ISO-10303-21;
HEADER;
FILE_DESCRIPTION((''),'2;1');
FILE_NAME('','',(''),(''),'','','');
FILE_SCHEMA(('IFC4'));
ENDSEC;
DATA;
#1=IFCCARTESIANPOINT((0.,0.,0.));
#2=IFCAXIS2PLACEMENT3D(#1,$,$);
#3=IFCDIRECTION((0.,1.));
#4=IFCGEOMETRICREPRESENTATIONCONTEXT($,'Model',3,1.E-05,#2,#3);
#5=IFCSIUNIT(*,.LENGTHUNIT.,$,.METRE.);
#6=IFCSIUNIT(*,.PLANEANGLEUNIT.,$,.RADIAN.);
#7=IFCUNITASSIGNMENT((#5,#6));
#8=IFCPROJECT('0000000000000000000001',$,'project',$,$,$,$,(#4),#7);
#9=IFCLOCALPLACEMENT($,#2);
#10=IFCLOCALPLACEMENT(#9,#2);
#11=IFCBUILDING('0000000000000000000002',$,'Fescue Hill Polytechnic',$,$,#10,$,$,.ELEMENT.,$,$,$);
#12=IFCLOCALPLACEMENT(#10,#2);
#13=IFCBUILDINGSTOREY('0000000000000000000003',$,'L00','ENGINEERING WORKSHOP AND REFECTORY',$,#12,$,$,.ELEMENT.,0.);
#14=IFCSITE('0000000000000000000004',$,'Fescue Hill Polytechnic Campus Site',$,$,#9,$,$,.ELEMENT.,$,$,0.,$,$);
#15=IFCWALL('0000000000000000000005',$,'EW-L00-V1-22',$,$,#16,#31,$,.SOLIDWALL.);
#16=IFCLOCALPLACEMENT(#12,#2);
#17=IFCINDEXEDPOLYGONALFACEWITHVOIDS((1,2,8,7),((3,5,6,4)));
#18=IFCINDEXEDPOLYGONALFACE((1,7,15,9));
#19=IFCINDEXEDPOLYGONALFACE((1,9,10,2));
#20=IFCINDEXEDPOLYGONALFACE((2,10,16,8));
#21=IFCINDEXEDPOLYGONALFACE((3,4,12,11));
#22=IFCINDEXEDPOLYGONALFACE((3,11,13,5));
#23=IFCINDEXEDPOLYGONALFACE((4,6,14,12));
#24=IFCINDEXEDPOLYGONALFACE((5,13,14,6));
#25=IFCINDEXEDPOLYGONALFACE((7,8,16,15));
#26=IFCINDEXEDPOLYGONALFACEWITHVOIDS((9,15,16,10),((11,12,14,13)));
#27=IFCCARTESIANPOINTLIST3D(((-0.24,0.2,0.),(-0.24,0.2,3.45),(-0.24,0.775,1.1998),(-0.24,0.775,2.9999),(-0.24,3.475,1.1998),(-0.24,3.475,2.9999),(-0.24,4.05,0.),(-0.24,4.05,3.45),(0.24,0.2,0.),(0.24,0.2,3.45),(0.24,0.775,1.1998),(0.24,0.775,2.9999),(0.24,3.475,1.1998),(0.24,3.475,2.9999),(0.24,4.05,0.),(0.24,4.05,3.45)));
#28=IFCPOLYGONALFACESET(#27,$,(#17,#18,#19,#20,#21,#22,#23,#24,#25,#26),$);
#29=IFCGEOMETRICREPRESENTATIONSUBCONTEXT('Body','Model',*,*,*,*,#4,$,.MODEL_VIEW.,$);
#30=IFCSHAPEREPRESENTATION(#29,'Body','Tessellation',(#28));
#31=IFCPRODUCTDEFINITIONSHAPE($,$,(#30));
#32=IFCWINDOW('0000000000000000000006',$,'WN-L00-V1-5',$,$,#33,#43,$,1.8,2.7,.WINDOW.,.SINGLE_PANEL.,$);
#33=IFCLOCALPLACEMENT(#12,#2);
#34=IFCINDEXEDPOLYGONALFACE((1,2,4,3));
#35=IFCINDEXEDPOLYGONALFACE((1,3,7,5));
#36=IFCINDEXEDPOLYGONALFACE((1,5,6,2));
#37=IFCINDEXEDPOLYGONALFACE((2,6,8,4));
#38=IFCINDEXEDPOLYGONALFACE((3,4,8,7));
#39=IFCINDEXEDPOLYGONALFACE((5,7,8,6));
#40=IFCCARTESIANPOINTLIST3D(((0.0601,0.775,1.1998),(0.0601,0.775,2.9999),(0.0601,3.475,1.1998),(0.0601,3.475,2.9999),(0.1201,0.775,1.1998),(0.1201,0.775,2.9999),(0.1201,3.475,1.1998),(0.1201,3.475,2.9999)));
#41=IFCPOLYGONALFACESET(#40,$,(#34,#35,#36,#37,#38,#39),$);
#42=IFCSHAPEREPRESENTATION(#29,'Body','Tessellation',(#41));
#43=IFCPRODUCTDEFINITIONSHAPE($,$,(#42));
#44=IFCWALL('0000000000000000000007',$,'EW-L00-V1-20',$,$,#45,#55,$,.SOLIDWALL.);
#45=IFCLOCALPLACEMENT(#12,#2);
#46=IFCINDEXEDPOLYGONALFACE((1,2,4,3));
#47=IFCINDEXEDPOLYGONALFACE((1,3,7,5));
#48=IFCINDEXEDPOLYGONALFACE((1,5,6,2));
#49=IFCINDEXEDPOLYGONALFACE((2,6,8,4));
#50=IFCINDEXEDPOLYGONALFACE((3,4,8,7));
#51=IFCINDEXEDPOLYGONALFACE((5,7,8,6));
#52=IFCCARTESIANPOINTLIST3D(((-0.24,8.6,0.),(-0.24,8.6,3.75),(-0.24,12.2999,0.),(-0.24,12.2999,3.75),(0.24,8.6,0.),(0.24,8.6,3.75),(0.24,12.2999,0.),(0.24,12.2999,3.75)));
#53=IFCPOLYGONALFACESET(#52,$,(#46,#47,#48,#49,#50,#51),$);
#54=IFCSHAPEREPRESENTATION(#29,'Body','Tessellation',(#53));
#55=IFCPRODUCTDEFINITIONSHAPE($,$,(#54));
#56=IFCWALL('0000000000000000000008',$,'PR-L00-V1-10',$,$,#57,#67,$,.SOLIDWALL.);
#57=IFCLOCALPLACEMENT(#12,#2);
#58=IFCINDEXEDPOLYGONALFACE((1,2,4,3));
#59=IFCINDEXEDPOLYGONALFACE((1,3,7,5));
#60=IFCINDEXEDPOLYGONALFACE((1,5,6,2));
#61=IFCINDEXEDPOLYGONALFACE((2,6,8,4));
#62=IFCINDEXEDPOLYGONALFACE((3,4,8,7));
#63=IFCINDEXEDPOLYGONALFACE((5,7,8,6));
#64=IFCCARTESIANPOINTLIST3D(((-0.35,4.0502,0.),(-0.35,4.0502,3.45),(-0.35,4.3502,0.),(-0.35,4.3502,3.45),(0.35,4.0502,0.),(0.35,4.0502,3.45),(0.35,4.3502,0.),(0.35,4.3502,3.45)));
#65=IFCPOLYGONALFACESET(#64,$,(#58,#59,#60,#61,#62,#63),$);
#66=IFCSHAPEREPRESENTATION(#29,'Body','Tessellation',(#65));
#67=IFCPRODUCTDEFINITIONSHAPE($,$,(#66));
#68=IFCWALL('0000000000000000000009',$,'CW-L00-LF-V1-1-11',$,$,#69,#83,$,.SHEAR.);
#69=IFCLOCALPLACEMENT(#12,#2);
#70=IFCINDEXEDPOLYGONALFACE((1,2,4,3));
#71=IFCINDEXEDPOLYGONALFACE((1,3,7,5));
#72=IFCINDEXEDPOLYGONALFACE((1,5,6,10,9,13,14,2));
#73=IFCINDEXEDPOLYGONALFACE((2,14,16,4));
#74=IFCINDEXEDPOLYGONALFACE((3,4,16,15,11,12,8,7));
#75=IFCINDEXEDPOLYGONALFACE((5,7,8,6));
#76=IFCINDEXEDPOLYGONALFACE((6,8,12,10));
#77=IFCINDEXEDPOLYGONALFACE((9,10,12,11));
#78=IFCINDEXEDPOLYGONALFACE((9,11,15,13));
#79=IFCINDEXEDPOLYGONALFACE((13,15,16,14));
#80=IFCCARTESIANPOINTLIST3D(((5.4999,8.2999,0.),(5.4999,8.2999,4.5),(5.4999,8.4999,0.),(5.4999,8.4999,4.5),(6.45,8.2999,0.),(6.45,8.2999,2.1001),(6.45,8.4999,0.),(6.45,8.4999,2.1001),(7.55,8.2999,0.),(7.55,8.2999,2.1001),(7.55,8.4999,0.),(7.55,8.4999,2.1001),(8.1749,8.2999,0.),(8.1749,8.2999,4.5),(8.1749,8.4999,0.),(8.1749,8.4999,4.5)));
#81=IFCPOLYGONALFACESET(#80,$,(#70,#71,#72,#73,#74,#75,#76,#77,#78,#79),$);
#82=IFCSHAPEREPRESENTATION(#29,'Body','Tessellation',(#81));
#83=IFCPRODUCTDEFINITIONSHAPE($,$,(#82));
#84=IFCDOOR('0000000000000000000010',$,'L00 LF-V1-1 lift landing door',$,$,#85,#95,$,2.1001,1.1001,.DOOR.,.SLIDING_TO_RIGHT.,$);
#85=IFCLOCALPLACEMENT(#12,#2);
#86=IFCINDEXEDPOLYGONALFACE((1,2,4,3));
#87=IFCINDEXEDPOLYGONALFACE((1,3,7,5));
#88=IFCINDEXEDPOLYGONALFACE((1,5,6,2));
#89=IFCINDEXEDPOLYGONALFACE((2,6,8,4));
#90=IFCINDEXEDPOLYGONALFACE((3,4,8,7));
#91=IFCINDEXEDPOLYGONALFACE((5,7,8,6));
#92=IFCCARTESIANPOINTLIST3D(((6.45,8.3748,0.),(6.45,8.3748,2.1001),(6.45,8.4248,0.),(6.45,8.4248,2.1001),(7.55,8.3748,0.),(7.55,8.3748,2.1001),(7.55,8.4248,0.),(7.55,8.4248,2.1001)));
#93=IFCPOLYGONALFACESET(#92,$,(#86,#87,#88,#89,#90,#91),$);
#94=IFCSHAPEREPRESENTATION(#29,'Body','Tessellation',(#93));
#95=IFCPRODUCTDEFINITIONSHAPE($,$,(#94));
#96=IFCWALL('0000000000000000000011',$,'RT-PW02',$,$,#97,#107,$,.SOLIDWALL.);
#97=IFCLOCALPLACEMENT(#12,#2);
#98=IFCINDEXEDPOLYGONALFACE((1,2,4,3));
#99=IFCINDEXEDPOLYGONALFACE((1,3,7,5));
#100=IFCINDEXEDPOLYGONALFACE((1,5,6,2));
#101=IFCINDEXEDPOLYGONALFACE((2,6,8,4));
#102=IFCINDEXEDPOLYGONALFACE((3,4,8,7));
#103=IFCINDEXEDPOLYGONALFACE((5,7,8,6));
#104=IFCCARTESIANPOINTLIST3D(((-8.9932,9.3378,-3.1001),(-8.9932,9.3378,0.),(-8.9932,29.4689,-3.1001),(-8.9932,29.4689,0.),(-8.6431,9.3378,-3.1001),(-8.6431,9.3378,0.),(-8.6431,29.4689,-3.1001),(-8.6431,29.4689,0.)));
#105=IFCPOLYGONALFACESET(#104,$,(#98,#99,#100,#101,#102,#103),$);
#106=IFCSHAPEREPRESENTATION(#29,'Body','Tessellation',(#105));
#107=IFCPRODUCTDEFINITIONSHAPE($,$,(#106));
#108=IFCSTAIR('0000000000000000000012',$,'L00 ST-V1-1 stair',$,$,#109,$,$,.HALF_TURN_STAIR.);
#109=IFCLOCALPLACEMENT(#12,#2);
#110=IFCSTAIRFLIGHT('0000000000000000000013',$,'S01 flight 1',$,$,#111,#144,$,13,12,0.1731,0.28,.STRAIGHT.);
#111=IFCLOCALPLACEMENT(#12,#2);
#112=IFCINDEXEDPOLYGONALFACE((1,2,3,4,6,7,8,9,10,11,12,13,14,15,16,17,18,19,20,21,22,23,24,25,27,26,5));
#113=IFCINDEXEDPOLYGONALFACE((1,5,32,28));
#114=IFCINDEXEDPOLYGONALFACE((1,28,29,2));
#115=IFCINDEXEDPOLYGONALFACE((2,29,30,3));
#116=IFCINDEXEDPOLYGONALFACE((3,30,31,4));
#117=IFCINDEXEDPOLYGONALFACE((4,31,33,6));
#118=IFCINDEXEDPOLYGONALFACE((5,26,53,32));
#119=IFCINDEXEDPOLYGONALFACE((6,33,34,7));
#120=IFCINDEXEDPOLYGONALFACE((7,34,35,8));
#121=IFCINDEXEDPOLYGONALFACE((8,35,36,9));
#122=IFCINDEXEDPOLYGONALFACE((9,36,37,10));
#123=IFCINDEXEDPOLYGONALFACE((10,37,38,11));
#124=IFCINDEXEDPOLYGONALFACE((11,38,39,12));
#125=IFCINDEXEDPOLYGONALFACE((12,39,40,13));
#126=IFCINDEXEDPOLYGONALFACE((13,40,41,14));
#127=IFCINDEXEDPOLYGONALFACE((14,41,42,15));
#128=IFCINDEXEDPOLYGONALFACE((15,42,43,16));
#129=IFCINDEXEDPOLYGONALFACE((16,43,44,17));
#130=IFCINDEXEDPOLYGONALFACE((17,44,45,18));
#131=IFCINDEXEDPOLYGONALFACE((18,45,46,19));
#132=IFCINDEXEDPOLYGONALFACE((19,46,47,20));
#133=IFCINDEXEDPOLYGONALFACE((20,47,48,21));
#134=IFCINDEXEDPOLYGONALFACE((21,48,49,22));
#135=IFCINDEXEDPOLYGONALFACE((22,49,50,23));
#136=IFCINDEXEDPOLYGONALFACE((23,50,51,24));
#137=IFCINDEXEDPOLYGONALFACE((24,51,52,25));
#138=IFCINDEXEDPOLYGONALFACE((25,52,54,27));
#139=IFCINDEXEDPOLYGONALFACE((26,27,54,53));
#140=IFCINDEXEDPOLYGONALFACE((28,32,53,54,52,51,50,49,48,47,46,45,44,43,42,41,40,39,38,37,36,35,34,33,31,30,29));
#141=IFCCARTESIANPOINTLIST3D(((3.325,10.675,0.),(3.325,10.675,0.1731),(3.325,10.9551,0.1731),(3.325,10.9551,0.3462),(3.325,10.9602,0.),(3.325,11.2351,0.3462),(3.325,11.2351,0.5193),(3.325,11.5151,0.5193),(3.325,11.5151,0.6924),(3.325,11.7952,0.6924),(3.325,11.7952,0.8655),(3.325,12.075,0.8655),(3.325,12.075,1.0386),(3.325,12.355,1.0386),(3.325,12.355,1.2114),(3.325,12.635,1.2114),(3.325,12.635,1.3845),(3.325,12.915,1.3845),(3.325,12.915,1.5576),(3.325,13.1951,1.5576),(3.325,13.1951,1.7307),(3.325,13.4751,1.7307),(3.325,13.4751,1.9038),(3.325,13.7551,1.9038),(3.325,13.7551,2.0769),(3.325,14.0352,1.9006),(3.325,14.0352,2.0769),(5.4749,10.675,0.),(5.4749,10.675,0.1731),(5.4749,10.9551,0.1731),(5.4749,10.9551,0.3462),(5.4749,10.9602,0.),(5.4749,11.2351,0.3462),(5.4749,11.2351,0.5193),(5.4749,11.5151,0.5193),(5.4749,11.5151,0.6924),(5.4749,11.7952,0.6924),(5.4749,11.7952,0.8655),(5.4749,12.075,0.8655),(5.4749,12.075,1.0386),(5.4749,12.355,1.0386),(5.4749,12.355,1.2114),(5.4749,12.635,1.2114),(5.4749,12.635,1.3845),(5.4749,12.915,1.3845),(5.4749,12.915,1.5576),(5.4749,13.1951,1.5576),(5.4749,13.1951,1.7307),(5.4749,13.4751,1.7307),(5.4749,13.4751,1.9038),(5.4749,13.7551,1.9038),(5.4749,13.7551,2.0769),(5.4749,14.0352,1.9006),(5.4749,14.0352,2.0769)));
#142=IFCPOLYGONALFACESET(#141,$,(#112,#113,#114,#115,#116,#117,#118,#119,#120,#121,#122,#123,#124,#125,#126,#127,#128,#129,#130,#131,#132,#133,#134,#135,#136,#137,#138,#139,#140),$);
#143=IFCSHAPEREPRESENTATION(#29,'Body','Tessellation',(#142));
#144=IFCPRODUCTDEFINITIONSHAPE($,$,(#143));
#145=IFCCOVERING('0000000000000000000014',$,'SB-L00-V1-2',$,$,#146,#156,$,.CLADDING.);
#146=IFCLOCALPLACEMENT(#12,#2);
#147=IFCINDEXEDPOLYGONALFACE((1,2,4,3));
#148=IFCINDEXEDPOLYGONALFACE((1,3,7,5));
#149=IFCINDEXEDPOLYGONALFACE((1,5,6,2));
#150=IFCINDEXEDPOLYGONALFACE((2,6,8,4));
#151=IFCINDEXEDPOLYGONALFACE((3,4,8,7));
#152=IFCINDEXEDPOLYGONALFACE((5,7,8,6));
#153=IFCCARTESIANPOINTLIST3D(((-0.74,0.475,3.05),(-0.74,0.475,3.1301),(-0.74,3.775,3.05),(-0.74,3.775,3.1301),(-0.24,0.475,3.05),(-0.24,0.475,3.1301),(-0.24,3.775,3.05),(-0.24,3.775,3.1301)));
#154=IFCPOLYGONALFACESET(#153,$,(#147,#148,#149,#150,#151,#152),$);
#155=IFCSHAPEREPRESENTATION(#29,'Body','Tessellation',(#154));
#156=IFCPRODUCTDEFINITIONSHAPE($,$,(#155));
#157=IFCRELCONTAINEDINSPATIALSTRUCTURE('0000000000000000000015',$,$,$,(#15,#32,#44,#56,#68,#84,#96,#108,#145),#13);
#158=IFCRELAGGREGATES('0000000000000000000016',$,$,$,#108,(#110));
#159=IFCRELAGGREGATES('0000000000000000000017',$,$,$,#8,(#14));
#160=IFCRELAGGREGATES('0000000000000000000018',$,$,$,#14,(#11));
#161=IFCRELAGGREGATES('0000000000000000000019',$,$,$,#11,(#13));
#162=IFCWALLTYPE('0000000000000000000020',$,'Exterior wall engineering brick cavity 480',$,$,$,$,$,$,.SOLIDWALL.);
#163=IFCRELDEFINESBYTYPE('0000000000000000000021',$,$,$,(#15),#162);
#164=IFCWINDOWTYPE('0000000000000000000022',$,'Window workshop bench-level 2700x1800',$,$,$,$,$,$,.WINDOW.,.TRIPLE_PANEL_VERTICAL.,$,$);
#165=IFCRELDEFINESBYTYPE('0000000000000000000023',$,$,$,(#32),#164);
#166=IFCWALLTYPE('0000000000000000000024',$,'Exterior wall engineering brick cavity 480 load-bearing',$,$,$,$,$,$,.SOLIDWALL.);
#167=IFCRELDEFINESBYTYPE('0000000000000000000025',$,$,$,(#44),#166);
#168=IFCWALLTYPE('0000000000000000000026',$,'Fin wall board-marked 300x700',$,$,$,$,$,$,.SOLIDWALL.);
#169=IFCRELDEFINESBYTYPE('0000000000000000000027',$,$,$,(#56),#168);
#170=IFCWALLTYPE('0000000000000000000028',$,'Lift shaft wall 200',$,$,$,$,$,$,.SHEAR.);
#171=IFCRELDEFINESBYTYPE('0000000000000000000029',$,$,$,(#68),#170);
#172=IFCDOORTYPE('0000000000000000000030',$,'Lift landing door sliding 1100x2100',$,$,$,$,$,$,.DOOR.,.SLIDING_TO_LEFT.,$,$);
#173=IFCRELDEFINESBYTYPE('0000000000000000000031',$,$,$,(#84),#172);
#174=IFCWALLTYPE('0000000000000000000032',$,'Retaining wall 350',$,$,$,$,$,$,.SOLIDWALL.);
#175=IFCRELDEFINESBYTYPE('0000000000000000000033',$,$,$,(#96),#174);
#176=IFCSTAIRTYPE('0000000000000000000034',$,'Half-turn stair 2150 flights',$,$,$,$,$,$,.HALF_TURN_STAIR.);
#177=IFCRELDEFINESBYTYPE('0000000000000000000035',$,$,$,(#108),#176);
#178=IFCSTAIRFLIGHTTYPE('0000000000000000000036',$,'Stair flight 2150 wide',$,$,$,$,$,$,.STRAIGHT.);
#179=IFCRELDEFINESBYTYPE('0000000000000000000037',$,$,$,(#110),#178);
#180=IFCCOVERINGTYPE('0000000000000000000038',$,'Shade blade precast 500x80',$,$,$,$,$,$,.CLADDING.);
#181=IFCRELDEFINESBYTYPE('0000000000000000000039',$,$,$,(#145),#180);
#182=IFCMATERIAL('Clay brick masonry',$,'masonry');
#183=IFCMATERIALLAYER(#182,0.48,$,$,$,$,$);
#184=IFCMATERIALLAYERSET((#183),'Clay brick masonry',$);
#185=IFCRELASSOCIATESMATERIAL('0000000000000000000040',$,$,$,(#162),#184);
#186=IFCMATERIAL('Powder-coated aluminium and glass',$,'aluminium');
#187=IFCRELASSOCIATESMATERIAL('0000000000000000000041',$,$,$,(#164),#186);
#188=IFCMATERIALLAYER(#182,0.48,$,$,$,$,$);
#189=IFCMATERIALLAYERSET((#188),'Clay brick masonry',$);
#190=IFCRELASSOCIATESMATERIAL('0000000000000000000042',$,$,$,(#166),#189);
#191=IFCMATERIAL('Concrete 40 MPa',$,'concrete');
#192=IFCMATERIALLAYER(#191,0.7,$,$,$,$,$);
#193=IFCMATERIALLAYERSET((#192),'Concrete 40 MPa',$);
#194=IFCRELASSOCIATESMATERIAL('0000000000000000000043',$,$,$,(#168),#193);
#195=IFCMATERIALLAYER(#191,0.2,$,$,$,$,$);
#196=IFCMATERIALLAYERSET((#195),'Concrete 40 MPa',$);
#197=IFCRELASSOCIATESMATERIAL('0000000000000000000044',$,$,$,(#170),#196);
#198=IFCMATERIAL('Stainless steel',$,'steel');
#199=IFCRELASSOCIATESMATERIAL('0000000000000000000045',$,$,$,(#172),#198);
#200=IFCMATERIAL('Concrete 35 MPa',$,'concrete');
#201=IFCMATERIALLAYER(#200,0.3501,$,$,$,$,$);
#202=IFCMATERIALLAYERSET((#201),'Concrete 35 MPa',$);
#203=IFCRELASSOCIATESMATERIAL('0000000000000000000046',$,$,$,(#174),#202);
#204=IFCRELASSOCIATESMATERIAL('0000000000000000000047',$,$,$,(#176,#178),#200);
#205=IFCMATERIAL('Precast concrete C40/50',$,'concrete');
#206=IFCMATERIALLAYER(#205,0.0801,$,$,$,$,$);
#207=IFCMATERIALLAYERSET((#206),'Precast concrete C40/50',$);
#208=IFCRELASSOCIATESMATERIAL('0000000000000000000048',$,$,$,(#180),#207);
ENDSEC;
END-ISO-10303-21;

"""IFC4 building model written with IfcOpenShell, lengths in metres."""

from ifc_helpers import new_model, si_unit, direction, frame, frame_2d, origin, origin_2d, place, context, subcontext, project, spatial, polyline, rectangle, outline, extrude, material, layer, layer_set, type_object, element, fill, aggregate, save


model = new_model("IFC4")

# Units and contexts
model_context = context("Model", 3, precision=1e-05, world=origin(), true_north=direction((0.0, 1.0)))
body_context = subcontext(model_context, "Body", "Model", "MODEL_VIEW")
ifc_project = project(units=[si_unit("LENGTHUNIT", "METRE"), si_unit("PLANEANGLEUNIT", "RADIAN")], contexts=[model_context])

# Site, building, storey
site_placement = place(None, origin())
site = spatial("IfcSite", under=ifc_project, at=site_placement, Name="Fescue Hill Polytechnic Campus Site", CompositionType="ELEMENT", RefElevation=0.0)
building_placement = place(site_placement, origin())
building = spatial("IfcBuilding", under=site, at=building_placement, Name="Fescue Hill Polytechnic", CompositionType="ELEMENT")
storey_placement = place(building_placement, origin())
storey = spatial("IfcBuildingStorey", under=building, at=storey_placement, Name="L00", Description="ENGINEERING WORKSHOP AND REFECTORY", CompositionType="ELEMENT", Elevation=0.0)

# Shared definitions
ifc_material_1 = material(Name="Concrete 40 MPa", Category="concrete")

# Shared definitions
ifc_material_2 = material(Name="Clay brick masonry", Category="masonry")
ifc_layer_1 = layer(ifc_material_2, 0.48)
ifc_layer_set_1 = layer_set([ifc_layer_1], Name="Clay brick masonry")
wall_type_1 = type_object("IfcWallType", Name="Exterior wall engineering brick cavity 480", PredefinedType="SOLIDWALL", material=ifc_layer_set_1)

# Wall, opening, window
wall_1_placement = place(storey_placement, frame((0.0, 4.05, 0.0), z_axis=(0.0, 0.0, 1.0), x_axis=(0.0, -1.0, 0.0)))
wall_1 = element("IfcWall", 1, at=wall_1_placement, inside=storey, type_object=wall_type_1, Name="EW-L00-V1-22", PredefinedType="SOLIDWALL", context=body_context, shape_type="SweptSolid", body=[
    extrude(rectangle(XDim=3.8501, YDim=0.48, at=frame_2d((1.925, 0.0))), origin(), (0.0, 0.0, 1.0), 3.45),
])
opening_1_placement = place(wall_1_placement, frame((0.575, 0.0, 1.2)))
opening_1 = element("IfcOpeningElement", 2, at=opening_1_placement, cuts=wall_1, PredefinedType="OPENING", context=body_context, shape_type="SweptSolid", body=[
    extrude(rectangle(XDim=2.7, YDim=1.8, at=frame_2d((1.3501, 0.8999))), frame((0.0, 0.25, 0.0), z_axis=(0.0, -1.0, 0.0), x_axis=(1.0, 0.0, 0.0)), (0.0, 0.0, 1.0), 0.5),
])
ifc_material_3 = material(Name="Powder-coated aluminium and glass", Category="aluminium")
window_type = type_object("IfcWindowType", Name="Window workshop bench-level 2700x1800", PartitioningType="TRIPLE_PANEL_VERTICAL", PredefinedType="WINDOW", material=ifc_material_3)
window_placement = place(opening_1_placement, origin())
window = element("IfcWindow", 3, at=window_placement, inside=storey, type_object=window_type, Name="WN-L00-V1-5", OverallHeight=1.8, OverallWidth=2.7, PartitioningType="SINGLE_PANEL", PredefinedType="WINDOW", context=body_context, shape_type="SweptSolid", body=[
    extrude(rectangle(XDim=2.7, YDim=1.8, at=frame_2d((1.3501, 0.8999))), frame((0.0, 0.1201, 0.0), z_axis=(0.0, -1.0, 0.0), x_axis=(1.0, 0.0, 0.0)), (0.0, 0.0, 1.0), 0.0601),
])
fill(opening_1, window)

# Walls
ifc_layer_2 = layer(ifc_material_2, 0.48)
ifc_layer_set_2 = layer_set([ifc_layer_2], Name="Clay brick masonry")
wall_type_2 = type_object("IfcWallType", Name="Exterior wall engineering brick cavity 480 load-bearing", PredefinedType="SOLIDWALL", material=ifc_layer_set_2)
wall_2_placement = place(storey_placement, frame((0.0, 12.3, 0.0), z_axis=(0.0, 0.0, 1.0), x_axis=(0.0, -1.0, 0.0)))
element("IfcWall", 4, at=wall_2_placement, inside=storey, type_object=wall_type_2, Name="EW-L00-V1-20", PredefinedType="SOLIDWALL", context=body_context, shape_type="SweptSolid", body=[
    extrude(rectangle(XDim=3.7, YDim=0.48, at=frame_2d((1.8501, 0.0))), origin(), (0.0, 0.0, 1.0), 3.75),
])
ifc_layer_3 = layer(ifc_material_1, 0.7)
ifc_layer_set_3 = layer_set([ifc_layer_3], Name="Concrete 40 MPa")
wall_type_3 = type_object("IfcWallType", Name="Fin wall board-marked 300x700", PredefinedType="SOLIDWALL", material=ifc_layer_set_3)
wall_3_placement = place(storey_placement, frame((0.0, 4.3501, 0.0), z_axis=(0.0, 0.0, 1.0), x_axis=(0.0, -1.0, 0.0)))
element("IfcWall", 5, at=wall_3_placement, inside=storey, type_object=wall_type_3, Name="PR-L00-V1-10", PredefinedType="SOLIDWALL", context=body_context, shape_type="SweptSolid", body=[
    extrude(rectangle(XDim=0.3, YDim=0.7, at=frame_2d((0.1499, 0.0))), origin(), (0.0, 0.0, 1.0), 3.45),
])

# Wall, opening, door
ifc_layer_4 = layer(ifc_material_1, 0.2)
ifc_layer_set_4 = layer_set([ifc_layer_4], Name="Concrete 40 MPa")
wall_type_4 = type_object("IfcWallType", Name="Lift shaft wall 200", PredefinedType="SHEAR", material=ifc_layer_set_4)
wall_4_placement = place(storey_placement, frame((5.5, 8.3999, 0.0), z_axis=(0.0, 0.0, 1.0), x_axis=(1.0, 0.0, 0.0)))
wall_4 = element("IfcWall", 6, at=wall_4_placement, inside=storey, type_object=wall_type_4, Name="CW-L00-LF-V1-1-11", PredefinedType="SHEAR", context=body_context, shape_type="SweptSolid", body=[
    extrude(rectangle(XDim=2.675, YDim=0.2, at=frame_2d((1.3374, 0.0))), origin(), (0.0, 0.0, 1.0), 4.5),
])
opening_2_placement = place(wall_4_placement, frame((0.95, 0.0, 0.0)))
opening_2 = element("IfcOpeningElement", 7, at=opening_2_placement, cuts=wall_4, PredefinedType="OPENING", context=body_context, shape_type="SweptSolid", body=[
    extrude(rectangle(XDim=1.1001, YDim=2.1001, at=frame_2d((0.55, 1.05))), frame((0.0, 0.1099, 0.0), z_axis=(0.0, -1.0, 0.0), x_axis=(1.0, 0.0, 0.0)), (0.0, 0.0, 1.0), 0.22),
])
ifc_material_4 = material(Name="Stainless steel", Category="steel")
door_type_1 = type_object("IfcDoorType", Name="Lift landing door sliding 1100x2100", OperationType="SLIDING_TO_LEFT", PredefinedType="DOOR", material=ifc_material_4)
door_1_placement = place(opening_2_placement, origin())
door_1 = element("IfcDoor", 8, at=door_1_placement, inside=storey, type_object=door_type_1, Name="L00 LF-V1-1 lift landing door", OperationType="SLIDING_TO_RIGHT", OverallHeight=2.1001, OverallWidth=1.1001, PredefinedType="DOOR", context=body_context, shape_type="SweptSolid", body=[
    extrude(rectangle(XDim=1.1001, YDim=2.1001, at=frame_2d((0.55, 1.05))), frame((0.0, 0.0249, 0.0), z_axis=(0.0, -1.0, 0.0), x_axis=(1.0, 0.0, 0.0)), (0.0, 0.0, 1.0), 0.05),
])
fill(opening_2, door_1)

# Wall
ifc_material_5 = material(Name="Concrete 35 MPa", Category="concrete")
ifc_layer_5 = layer(ifc_material_5, 0.3501)
ifc_layer_set_5 = layer_set([ifc_layer_5], Name="Concrete 35 MPa")
wall_type_5 = type_object("IfcWallType", Name="Retaining wall 350", PredefinedType="SOLIDWALL", material=ifc_layer_set_5)
wall_5_placement = place(storey_placement, frame((-8.8181, 9.3379, -3.1001), z_axis=(0.0, 0.0, 1.0), x_axis=(0.0, 1.0, 0.0)))
element("IfcWall", 9, at=wall_5_placement, inside=storey, type_object=wall_type_5, Name="RT-PW02", PredefinedType="SOLIDWALL", context=body_context, shape_type="SweptSolid", body=[
    extrude(rectangle(XDim=20.1311, YDim=0.3501, at=frame_2d((10.0654, 0.0))), origin(), (0.0, 0.0, 1.0), 3.1001),
])

# Stair, stair flight
stair_type = type_object("IfcStairType", Name="Half-turn stair 2150 flights", PredefinedType="HALF_TURN_STAIR", material=ifc_material_5)
stair_placement = place(storey_placement, origin())
stair = element("IfcStair", 10, at=stair_placement, inside=storey, type_object=stair_type, Name="L00 ST-V1-1 stair", PredefinedType="HALF_TURN_STAIR")
stair_flight_type = type_object("IfcStairFlightType", Name="Stair flight 2150 wide", PredefinedType="STRAIGHT", material=ifc_material_5)
stair_flight_placement = place(storey_placement, frame((4.3999, 10.675, 0.0), z_axis=(0.0, 0.0, 1.0), x_axis=(0.0, 1.0, 0.0)))
stair_flight = element("IfcStairFlight", 11, at=stair_flight_placement, type_object=stair_flight_type, Name="S01 flight 1", NumberOfRisers=13, NumberOfTreads=12, PredefinedType="STRAIGHT", RiserHeight=0.1731, TreadLength=0.28, context=body_context, shape_type="SweptSolid", body=[
    extrude(outline(polyline([(0.0, 0.0), (0.0, 0.1731), (0.28, 0.1731), (0.28, 0.3462), (0.5601, 0.3462), (0.5601, 0.5193), (0.8401, 0.5193), (0.8401, 0.6924), (1.1201, 0.6924), (1.1201, 0.8655), (1.3999, 0.8655), (1.3999, 1.0386), (1.6799, 1.0386), (1.6799, 1.2114), (1.96, 1.2114), (1.96, 1.3845), (2.24, 1.3845), (2.24, 1.5576), (2.52, 1.5576), (2.52, 1.7307), (2.8, 1.7307), (2.8, 1.9038), (3.0801, 1.9038), (3.0801, 2.0769), (3.3601, 2.0769), (3.3601, 2.25), (3.3601, 1.9006), (0.2852, 0.0), (0.0, 0.0)])), frame((0.0, 1.075, 0.0), z_axis=(0.0, -1.0, 0.0), x_axis=(1.0, 0.0, 0.0)), (0.0, 0.0, 1.0), 2.1499),
])
aggregate(stair, [stair_flight])

# Covering
ifc_material_6 = material(Name="Precast concrete C40/50", Category="concrete")
ifc_layer_6 = layer(ifc_material_6, 0.0801)
ifc_layer_set_6 = layer_set([ifc_layer_6], Name="Precast concrete C40/50")
covering_type = type_object("IfcCoveringType", Name="Shade blade precast 500x80", PredefinedType="CLADDING", material=ifc_layer_set_6)
covering_placement = place(storey_placement, frame((-0.49, 2.125, 3.05), z_axis=(0.0, 0.0, 1.0), x_axis=(0.0, -1.0, 0.0)))
element("IfcCovering", 12, at=covering_placement, inside=storey, type_object=covering_type, Name="SB-L00-V1-2", PredefinedType="CLADDING", context=body_context, shape_type="SweptSolid", body=[
    extrude(rectangle(XDim=3.3, YDim=0.5, at=origin_2d()), origin(), (0.0, 0.0, 1.0), 0.0801),
])

save(model, "model.ifc")
